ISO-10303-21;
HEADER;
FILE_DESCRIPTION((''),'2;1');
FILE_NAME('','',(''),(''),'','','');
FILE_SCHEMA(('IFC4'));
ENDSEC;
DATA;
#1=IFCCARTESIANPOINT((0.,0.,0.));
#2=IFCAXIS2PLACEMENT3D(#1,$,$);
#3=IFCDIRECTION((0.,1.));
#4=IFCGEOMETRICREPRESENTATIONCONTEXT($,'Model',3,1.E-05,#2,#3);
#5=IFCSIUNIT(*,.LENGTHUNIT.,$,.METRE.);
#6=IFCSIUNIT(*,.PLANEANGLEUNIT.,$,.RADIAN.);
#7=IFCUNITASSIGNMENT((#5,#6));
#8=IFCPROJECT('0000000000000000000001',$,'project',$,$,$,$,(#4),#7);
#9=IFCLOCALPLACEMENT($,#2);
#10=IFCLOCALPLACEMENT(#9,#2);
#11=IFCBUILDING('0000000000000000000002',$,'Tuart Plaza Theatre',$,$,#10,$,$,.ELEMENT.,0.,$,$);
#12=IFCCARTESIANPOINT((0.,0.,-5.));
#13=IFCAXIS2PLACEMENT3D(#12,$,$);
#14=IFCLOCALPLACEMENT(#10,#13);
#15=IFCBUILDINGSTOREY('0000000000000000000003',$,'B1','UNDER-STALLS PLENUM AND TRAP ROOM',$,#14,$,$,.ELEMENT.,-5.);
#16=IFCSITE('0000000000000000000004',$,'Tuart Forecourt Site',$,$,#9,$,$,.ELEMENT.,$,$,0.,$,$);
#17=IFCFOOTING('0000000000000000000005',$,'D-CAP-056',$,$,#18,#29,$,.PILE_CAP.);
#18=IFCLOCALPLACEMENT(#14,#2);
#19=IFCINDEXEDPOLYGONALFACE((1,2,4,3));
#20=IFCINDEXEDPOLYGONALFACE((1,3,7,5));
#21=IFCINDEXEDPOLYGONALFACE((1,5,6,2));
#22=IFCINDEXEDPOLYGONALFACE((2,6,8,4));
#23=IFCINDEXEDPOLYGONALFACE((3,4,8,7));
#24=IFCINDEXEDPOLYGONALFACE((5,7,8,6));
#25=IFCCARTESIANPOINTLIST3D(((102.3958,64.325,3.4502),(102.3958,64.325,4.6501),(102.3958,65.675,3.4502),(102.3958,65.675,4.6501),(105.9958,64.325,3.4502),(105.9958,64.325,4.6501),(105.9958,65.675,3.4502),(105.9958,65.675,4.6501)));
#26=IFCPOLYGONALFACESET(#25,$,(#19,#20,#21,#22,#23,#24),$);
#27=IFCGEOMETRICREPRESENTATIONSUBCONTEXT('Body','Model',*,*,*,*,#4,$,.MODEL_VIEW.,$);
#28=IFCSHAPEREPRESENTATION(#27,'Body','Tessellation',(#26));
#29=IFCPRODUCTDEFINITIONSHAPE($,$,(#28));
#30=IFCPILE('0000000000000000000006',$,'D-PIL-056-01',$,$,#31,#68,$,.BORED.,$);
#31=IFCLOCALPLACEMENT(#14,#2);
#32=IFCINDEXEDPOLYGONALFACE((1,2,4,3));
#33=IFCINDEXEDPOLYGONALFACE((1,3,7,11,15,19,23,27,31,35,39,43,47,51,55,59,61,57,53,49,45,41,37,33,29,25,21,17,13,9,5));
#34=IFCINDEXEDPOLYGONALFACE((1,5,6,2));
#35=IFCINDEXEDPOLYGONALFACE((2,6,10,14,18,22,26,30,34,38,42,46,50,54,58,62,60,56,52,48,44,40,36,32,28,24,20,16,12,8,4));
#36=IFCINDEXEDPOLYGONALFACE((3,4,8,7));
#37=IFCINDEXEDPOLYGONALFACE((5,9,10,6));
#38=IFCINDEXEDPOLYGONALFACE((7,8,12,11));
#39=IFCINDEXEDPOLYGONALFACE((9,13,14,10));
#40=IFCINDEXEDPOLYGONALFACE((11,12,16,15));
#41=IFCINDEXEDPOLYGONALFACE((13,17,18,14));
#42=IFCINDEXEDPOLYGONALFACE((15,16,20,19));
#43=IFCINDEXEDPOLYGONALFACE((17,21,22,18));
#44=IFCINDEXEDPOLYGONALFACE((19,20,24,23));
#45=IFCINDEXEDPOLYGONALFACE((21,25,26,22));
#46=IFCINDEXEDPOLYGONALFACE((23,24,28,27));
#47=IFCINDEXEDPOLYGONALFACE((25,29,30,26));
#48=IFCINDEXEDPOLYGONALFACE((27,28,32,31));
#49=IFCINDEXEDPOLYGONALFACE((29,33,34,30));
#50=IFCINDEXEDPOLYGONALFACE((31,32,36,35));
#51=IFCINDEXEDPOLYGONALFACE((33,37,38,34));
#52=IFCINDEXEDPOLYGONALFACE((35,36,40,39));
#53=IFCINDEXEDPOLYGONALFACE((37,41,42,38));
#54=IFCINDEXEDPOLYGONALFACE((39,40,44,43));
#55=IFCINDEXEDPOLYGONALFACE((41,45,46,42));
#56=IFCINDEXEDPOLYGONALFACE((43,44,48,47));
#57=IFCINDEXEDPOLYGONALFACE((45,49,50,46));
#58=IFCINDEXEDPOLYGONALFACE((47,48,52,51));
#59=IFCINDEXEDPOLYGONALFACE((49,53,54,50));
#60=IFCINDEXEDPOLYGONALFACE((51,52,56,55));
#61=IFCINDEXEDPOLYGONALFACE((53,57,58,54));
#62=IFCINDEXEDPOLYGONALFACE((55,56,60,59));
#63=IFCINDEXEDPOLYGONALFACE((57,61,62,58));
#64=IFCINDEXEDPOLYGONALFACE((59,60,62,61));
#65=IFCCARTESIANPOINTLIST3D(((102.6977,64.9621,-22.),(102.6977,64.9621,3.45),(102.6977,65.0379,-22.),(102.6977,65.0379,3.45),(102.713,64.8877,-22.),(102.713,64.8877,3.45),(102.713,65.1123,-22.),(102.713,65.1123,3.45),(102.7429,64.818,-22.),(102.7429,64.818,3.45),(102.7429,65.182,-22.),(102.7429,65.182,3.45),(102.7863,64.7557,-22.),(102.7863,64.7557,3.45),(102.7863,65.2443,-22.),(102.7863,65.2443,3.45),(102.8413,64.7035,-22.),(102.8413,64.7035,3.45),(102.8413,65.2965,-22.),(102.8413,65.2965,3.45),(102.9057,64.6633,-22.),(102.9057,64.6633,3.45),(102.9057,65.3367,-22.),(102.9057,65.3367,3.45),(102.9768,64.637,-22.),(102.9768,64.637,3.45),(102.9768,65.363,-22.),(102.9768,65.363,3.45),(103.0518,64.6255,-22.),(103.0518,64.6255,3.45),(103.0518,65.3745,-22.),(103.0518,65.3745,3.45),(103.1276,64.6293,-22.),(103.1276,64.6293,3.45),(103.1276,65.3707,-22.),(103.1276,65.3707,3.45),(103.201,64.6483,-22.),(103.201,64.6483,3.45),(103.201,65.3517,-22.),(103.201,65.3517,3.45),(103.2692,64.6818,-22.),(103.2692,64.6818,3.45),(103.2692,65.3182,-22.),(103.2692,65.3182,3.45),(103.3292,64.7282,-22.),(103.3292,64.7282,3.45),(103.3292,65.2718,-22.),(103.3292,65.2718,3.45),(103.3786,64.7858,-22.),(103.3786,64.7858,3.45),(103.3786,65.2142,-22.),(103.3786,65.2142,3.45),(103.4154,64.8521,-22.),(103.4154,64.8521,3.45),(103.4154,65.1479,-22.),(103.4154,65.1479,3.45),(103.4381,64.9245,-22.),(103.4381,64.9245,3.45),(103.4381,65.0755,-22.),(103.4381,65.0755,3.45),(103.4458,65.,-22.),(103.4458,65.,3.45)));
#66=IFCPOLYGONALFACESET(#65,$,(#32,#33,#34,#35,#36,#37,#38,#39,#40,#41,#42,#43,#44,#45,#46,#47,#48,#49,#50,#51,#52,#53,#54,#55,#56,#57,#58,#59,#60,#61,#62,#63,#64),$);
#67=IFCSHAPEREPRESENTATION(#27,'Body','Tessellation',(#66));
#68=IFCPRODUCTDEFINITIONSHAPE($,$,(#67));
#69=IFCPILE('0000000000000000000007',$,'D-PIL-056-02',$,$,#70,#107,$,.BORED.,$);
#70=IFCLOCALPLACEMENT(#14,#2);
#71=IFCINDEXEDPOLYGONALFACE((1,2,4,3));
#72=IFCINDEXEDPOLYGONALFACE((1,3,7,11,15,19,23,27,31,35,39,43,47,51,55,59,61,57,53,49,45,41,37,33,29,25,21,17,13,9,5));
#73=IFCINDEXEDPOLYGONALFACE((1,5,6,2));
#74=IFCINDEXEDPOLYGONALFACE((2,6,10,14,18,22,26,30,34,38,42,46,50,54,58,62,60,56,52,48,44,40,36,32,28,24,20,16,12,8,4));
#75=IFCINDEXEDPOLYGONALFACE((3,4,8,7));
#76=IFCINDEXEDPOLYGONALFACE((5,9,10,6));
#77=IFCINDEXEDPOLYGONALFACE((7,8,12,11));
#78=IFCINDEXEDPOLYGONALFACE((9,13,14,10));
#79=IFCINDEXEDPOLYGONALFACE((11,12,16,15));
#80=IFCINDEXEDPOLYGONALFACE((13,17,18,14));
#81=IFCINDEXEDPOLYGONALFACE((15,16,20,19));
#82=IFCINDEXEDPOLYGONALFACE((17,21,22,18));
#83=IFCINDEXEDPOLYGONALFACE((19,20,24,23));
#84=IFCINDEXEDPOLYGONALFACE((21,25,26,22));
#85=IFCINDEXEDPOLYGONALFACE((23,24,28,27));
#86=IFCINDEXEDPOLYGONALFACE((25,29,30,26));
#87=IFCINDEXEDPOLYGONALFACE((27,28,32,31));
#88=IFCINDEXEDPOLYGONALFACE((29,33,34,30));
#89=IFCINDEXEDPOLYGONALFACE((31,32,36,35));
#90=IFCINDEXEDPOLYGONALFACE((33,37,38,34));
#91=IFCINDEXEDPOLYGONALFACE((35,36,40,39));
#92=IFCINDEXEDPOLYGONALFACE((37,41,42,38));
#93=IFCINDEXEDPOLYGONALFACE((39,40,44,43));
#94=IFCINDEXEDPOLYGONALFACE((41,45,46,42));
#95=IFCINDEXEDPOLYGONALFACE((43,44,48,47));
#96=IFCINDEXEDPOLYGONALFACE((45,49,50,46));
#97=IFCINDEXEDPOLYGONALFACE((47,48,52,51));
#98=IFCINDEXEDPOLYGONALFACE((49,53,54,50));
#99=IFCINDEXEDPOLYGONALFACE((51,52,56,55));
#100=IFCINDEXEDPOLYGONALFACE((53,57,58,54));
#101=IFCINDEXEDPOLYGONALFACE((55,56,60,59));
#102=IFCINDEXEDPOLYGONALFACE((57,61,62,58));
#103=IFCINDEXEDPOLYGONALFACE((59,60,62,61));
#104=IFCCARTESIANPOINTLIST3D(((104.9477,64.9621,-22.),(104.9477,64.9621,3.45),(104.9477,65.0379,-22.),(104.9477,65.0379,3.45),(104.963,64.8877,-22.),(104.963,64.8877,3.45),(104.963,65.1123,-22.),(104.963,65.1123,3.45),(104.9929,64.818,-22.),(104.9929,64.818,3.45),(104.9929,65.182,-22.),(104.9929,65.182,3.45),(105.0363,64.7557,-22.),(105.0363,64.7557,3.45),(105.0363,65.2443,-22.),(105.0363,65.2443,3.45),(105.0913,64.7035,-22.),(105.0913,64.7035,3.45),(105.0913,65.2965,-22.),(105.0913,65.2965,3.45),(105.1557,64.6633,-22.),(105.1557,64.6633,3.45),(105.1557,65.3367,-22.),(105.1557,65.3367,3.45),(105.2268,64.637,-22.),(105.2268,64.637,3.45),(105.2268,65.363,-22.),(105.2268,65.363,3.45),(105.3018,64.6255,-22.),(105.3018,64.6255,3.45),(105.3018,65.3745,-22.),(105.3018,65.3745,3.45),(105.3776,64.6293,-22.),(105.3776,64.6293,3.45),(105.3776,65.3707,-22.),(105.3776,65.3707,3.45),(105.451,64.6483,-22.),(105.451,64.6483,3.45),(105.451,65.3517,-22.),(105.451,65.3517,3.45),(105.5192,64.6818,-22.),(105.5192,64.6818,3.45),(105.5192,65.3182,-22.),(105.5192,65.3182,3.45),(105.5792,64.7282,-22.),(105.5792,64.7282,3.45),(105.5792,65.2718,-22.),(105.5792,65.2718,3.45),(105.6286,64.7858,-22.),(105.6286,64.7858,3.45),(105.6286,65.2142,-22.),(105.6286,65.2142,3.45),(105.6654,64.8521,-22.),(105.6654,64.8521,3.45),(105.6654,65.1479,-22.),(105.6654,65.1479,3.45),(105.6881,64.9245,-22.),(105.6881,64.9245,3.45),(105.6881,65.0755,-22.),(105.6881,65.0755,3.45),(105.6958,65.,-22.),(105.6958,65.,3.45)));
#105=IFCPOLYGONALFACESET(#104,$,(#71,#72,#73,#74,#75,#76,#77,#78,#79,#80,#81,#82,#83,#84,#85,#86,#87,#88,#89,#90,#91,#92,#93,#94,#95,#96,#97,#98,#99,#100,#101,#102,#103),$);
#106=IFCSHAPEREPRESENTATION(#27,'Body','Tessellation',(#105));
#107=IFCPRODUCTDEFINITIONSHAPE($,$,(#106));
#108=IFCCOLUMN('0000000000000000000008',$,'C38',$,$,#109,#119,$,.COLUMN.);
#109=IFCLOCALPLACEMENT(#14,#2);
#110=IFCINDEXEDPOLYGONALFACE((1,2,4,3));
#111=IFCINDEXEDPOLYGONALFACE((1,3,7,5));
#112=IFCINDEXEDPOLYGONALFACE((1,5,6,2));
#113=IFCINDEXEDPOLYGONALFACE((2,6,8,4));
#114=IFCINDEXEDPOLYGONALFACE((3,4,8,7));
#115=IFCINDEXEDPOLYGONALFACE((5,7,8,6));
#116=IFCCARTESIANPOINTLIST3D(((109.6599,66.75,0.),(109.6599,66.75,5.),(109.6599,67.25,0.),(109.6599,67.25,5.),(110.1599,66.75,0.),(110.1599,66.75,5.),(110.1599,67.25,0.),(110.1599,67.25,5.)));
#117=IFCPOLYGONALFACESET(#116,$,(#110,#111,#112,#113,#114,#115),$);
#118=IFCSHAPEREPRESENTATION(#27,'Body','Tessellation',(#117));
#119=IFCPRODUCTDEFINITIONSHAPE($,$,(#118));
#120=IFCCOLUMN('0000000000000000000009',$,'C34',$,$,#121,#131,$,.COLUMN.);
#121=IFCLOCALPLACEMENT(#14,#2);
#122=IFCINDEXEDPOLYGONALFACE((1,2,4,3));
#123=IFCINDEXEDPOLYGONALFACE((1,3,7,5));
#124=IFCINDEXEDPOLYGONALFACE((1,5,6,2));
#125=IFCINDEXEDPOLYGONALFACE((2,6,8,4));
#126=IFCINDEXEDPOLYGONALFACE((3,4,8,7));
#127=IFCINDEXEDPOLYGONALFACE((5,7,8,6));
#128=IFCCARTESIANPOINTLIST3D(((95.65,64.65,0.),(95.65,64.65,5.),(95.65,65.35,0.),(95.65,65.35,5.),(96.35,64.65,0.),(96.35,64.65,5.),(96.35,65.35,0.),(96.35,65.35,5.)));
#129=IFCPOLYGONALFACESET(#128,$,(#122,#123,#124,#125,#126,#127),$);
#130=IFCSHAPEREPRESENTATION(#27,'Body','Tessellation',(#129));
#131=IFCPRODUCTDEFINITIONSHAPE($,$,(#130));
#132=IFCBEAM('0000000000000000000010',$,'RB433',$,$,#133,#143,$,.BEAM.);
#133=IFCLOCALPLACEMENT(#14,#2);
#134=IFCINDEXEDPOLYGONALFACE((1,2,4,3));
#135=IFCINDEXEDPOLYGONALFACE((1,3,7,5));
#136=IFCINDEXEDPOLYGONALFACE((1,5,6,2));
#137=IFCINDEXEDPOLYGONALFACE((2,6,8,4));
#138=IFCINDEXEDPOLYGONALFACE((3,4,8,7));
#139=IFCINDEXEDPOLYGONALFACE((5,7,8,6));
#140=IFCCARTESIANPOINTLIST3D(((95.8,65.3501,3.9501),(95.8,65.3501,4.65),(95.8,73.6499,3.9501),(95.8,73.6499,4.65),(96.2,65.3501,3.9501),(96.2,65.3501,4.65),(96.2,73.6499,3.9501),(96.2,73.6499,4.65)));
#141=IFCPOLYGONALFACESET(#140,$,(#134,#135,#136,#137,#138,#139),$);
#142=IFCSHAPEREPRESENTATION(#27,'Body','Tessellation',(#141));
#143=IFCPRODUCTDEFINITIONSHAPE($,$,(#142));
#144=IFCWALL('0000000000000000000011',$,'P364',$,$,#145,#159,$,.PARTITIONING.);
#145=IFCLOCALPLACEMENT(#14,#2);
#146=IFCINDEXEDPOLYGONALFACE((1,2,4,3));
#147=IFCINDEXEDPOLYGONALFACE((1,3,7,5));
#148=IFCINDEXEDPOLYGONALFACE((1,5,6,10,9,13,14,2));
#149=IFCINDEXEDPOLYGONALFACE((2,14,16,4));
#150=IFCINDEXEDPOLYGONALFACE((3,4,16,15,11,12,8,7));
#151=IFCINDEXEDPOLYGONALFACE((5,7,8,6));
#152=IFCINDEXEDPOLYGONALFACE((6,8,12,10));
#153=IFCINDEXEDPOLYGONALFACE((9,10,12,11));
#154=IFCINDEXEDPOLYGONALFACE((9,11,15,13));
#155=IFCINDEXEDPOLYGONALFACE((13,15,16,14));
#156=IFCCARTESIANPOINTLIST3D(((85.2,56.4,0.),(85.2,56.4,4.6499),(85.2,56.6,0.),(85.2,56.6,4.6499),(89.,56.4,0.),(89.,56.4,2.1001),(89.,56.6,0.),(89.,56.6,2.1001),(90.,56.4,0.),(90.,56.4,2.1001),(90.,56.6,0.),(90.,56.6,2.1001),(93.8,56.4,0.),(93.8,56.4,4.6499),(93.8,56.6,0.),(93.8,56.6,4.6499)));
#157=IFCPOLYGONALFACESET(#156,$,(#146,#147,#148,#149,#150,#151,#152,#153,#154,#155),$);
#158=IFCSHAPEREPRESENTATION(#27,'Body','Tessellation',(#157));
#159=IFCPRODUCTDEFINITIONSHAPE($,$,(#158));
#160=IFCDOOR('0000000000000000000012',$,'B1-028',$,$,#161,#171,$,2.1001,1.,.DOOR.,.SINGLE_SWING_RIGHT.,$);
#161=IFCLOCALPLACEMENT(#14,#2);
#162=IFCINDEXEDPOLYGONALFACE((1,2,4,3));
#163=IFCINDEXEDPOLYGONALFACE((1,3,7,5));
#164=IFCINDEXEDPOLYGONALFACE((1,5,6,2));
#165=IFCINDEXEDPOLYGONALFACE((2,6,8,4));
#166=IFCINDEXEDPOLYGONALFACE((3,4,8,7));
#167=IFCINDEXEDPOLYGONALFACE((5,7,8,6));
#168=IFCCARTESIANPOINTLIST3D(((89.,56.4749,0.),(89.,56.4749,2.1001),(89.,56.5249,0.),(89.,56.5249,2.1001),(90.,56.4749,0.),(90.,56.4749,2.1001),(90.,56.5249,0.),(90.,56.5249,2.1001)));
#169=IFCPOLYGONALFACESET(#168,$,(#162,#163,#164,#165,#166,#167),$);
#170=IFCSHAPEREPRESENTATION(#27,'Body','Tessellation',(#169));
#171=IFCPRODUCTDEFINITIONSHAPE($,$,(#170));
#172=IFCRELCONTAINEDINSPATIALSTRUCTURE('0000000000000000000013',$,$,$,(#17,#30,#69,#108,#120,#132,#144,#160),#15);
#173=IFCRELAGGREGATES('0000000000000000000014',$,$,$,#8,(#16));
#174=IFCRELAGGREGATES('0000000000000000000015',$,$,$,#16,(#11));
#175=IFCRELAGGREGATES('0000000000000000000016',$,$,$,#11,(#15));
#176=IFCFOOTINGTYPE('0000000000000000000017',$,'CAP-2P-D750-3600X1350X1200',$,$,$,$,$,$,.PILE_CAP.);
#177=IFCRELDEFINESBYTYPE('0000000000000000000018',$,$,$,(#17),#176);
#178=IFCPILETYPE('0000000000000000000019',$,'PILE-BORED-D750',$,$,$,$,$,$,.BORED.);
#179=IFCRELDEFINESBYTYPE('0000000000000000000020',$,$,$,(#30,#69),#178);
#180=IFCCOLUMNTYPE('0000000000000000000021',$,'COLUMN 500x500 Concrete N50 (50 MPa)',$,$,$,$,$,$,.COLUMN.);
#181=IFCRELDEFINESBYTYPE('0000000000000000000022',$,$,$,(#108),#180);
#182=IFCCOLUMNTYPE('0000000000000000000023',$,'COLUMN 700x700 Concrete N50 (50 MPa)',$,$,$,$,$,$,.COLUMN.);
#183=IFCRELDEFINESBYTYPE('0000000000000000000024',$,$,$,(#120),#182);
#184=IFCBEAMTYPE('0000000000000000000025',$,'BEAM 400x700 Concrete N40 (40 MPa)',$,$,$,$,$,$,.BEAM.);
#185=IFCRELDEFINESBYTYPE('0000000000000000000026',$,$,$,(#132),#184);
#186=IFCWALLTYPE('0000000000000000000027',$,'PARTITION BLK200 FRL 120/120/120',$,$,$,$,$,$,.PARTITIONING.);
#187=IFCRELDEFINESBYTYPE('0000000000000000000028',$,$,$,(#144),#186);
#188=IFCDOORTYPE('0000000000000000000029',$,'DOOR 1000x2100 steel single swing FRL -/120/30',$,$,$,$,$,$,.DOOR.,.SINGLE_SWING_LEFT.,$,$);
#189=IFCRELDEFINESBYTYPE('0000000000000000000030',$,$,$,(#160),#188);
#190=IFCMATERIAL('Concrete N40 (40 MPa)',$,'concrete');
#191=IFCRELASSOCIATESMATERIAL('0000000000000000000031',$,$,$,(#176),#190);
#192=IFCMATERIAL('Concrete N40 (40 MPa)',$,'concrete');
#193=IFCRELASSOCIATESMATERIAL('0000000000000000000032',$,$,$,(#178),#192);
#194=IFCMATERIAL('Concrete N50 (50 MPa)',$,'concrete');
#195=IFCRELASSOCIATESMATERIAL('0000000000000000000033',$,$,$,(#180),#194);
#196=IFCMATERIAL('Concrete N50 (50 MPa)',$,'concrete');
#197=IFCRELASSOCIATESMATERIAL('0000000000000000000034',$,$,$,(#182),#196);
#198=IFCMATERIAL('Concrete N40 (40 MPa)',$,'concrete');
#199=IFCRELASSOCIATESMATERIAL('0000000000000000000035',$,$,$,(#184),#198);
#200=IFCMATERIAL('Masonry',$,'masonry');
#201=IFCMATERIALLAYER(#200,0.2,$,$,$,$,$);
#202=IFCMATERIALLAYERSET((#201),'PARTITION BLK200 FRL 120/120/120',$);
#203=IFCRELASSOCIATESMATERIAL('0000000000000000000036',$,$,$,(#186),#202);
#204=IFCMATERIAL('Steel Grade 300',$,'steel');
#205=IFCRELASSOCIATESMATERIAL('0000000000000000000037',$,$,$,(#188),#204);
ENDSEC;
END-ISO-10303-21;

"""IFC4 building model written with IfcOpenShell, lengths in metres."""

from ifc_helpers import new_model, si_unit, direction, frame, frame_2d, origin, origin_2d, place, context, subcontext, project, spatial, rectangle, circle, extrude, material, layer, layer_set, material_profile, profile_set, type_object, element, fill, save


model = new_model("IFC4")

# Units and contexts
model_context = context("Model", 3, precision=1e-05, world=origin(), true_north=direction((0.0, 1.0)))
body_context = subcontext(model_context, "Body", "Model", "MODEL_VIEW")
ifc_project = project(units=[si_unit("LENGTHUNIT", "METRE"), si_unit("PLANEANGLEUNIT", "RADIAN")], contexts=[model_context])

# Site, building, storey
site_placement = place(None, origin())
site = spatial("IfcSite", under=ifc_project, at=site_placement, Name="Tuart Forecourt Site", CompositionType="ELEMENT", RefElevation=0.0)
building_placement = place(site_placement, origin())
building = spatial("IfcBuilding", under=site, at=building_placement, Name="Tuart Plaza Theatre", CompositionType="ELEMENT", ElevationOfRefHeight=0.0)
storey_placement = place(building_placement, frame((0.0, 0.0, -5.0)))
storey = spatial("IfcBuildingStorey", under=building, at=storey_placement, Name="B1", Description="UNDER-STALLS PLENUM AND TRAP ROOM", CompositionType="ELEMENT", Elevation=-5.0)

# Footing
ifc_material_1 = material(Name="Concrete N40 (40 MPa)", Category="concrete")
footing_type = type_object("IfcFootingType", Name="CAP-2P-D750-3600X1350X1200", PredefinedType="PILE_CAP", material=ifc_material_1)
footing_placement = place(storey_placement, frame((104.1958, 65.0, 3.4502), z_axis=(0.0, 0.0, 1.0), x_axis=(1.0, 0.0, 0.0)))
element("IfcFooting", 1, at=footing_placement, inside=storey, type_object=footing_type, Name="D-CAP-056", PredefinedType="PILE_CAP", context=body_context, shape_type="SweptSolid", body=[
    extrude(rectangle(XDim=3.6001, YDim=1.3501, at=origin_2d()), origin(), (0.0, 0.0, 1.0), 1.2),
])

# Piles
ifc_material_2 = material(Name="Concrete N40 (40 MPa)", Category="concrete")
ifc_material_profile_1 = material_profile(ifc_material_2, circle(Radius=0.375, at=origin_2d()), Name="PILE-BORED-D750")
ifc_profile_set_1 = profile_set([ifc_material_profile_1], Name="Concrete N40 (40 MPa)")
pile_type = type_object("IfcPileType", Name="PILE-BORED-D750", PredefinedType="BORED", material=ifc_profile_set_1)
for number, where, z_axis, x_axis, name in (
    (2, (103.0708, 65.0, 3.45), (0.0, 0.0, -1.0), (1.0, 0.0, 0.0), "D-PIL-056-01"),
    (3, (105.3208, 65.0, 3.45), (0.0, 0.0, -1.0), (1.0, 0.0, 0.0), "D-PIL-056-02"),
):
    element("IfcPile", number, at=place(storey_placement, frame(where, z_axis=z_axis, x_axis=x_axis)), inside=storey, type_object=pile_type, Name=name, PredefinedType="BORED", context=body_context, shape_type="SweptSolid", body=[
        extrude(circle(Radius=0.375, at=origin_2d()), origin(), (0.0, 0.0, 1.0), 25.45),
    ])

# Columns
ifc_material_3 = material(Name="Concrete N50 (50 MPa)", Category="concrete")
ifc_material_profile_2 = material_profile(ifc_material_3, rectangle(XDim=0.5, YDim=0.5, at=origin_2d()), Name="COLUMN 500x500 Concrete N50 (50 MPa)")
ifc_profile_set_2 = profile_set([ifc_material_profile_2], Name="Concrete N50 (50 MPa)")
column_type_1 = type_object("IfcColumnType", Name="COLUMN 500x500 Concrete N50 (50 MPa)", PredefinedType="COLUMN", material=ifc_profile_set_2)
column_1_placement = place(storey_placement, frame((109.9099, 67.0, 0.0), z_axis=(0.0, 0.0, 1.0), x_axis=(1.0, 0.0, 0.0)))
element("IfcColumn", 4, at=column_1_placement, inside=storey, type_object=column_type_1, Name="C38", PredefinedType="COLUMN", context=body_context, shape_type="SweptSolid", body=[
    extrude(rectangle(XDim=0.5, YDim=0.5, at=origin_2d()), origin(), (0.0, 0.0, 1.0), 5.0),
])
ifc_material_4 = material(Name="Concrete N50 (50 MPa)", Category="concrete")
ifc_material_profile_3 = material_profile(ifc_material_4, rectangle(XDim=0.7, YDim=0.7, at=origin_2d()), Name="COLUMN 700x700 Concrete N50 (50 MPa)")
ifc_profile_set_3 = profile_set([ifc_material_profile_3], Name="Concrete N50 (50 MPa)")
column_type_2 = type_object("IfcColumnType", Name="COLUMN 700x700 Concrete N50 (50 MPa)", PredefinedType="COLUMN", material=ifc_profile_set_3)
column_2_placement = place(storey_placement, frame((96.0, 65.0, 0.0), z_axis=(0.0, 0.0, 1.0), x_axis=(1.0, 0.0, 0.0)))
element("IfcColumn", 5, at=column_2_placement, inside=storey, type_object=column_type_2, Name="C34", PredefinedType="COLUMN", context=body_context, shape_type="SweptSolid", body=[
    extrude(rectangle(XDim=0.7, YDim=0.7, at=origin_2d()), origin(), (0.0, 0.0, 1.0), 5.0),
])

# Beam
ifc_material_5 = material(Name="Concrete N40 (40 MPa)", Category="concrete")
ifc_material_profile_4 = material_profile(ifc_material_5, rectangle(XDim=0.3999, YDim=0.7, at=origin_2d()), Name="BEAM 400x700 Concrete N40 (40 MPa)")
ifc_profile_set_4 = profile_set([ifc_material_profile_4], Name="Concrete N40 (40 MPa)")
beam_type = type_object("IfcBeamType", Name="BEAM 400x700 Concrete N40 (40 MPa)", PredefinedType="BEAM", material=ifc_profile_set_4)
beam_placement = place(storey_placement, frame((96.0, 65.3501, 4.3), z_axis=(0.0, 1.0, 0.0), x_axis=(-1.0, 0.0, 0.0)))
element("IfcBeam", 6, at=beam_placement, inside=storey, type_object=beam_type, Name="RB433", PredefinedType="BEAM", context=body_context, shape_type="SweptSolid", body=[
    extrude(rectangle(XDim=0.3999, YDim=0.7, at=origin_2d()), origin(), (0.0, 0.0, 1.0), 8.2998),
])

# Wall, opening, door
ifc_material_6 = material(Name="Masonry", Category="masonry")
ifc_layer_1 = layer(ifc_material_6, 0.2)
ifc_layer_set_1 = layer_set([ifc_layer_1], Name="PARTITION BLK200 FRL 120/120/120")
wall_type_1 = type_object("IfcWallType", Name="PARTITION BLK200 FRL 120/120/120", PredefinedType="PARTITIONING", material=ifc_layer_set_1)
wall_1_placement = place(storey_placement, frame((93.8, 56.5, 0.0), z_axis=(0.0, 0.0, 1.0), x_axis=(-1.0, 0.0, 0.0)))
wall_1 = element("IfcWall", 7, at=wall_1_placement, inside=storey, type_object=wall_type_1, Name="P364", PredefinedType="PARTITIONING", context=body_context, shape_type="SweptSolid", body=[
    extrude(rectangle(XDim=8.6001, YDim=0.2, at=frame_2d((4.3, 0.0))), origin(), (0.0, 0.0, 1.0), 4.6499),
])
opening_1_placement = place(wall_1_placement, frame((3.8, 0.0, 0.0)))
opening_1 = element("IfcOpeningElement", 8, at=opening_1_placement, cuts=wall_1, PredefinedType="OPENING", context=body_context, shape_type="SweptSolid", body=[
    extrude(rectangle(XDim=1.0, YDim=2.1001, at=frame_2d((0.5, 1.05))), frame((0.0, 0.1099, 0.0), z_axis=(0.0, -1.0, 0.0), x_axis=(1.0, 0.0, 0.0)), (0.0, 0.0, 1.0), 0.22),
])
ifc_material_7 = material(Name="Steel Grade 300", Category="steel")
door_type_1 = type_object("IfcDoorType", Name="DOOR 1000x2100 steel single swing FRL -/120/30", OperationType="SINGLE_SWING_LEFT", PredefinedType="DOOR", material=ifc_material_7)
door_1_placement = place(opening_1_placement, frame((1.0, 0.0, 0.0), z_axis=(0.0, 0.0, 1.0), x_axis=(-1.0, 0.0, 0.0)))
door_1 = element("IfcDoor", 9, at=door_1_placement, inside=storey, type_object=door_type_1, Name="B1-028", OperationType="SINGLE_SWING_RIGHT", OverallHeight=2.1001, OverallWidth=1.0, PredefinedType="DOOR", context=body_context, shape_type="SweptSolid", body=[
    extrude(rectangle(XDim=1.0, YDim=2.1001, at=frame_2d((0.5, 1.05))), frame((0.0, 0.0249, 0.0), z_axis=(0.0, -1.0, 0.0), x_axis=(1.0, 0.0, 0.0)), (0.0, 0.0, 1.0), 0.05),
])
fill(opening_1, door_1)

save(model, "model.ifc")
